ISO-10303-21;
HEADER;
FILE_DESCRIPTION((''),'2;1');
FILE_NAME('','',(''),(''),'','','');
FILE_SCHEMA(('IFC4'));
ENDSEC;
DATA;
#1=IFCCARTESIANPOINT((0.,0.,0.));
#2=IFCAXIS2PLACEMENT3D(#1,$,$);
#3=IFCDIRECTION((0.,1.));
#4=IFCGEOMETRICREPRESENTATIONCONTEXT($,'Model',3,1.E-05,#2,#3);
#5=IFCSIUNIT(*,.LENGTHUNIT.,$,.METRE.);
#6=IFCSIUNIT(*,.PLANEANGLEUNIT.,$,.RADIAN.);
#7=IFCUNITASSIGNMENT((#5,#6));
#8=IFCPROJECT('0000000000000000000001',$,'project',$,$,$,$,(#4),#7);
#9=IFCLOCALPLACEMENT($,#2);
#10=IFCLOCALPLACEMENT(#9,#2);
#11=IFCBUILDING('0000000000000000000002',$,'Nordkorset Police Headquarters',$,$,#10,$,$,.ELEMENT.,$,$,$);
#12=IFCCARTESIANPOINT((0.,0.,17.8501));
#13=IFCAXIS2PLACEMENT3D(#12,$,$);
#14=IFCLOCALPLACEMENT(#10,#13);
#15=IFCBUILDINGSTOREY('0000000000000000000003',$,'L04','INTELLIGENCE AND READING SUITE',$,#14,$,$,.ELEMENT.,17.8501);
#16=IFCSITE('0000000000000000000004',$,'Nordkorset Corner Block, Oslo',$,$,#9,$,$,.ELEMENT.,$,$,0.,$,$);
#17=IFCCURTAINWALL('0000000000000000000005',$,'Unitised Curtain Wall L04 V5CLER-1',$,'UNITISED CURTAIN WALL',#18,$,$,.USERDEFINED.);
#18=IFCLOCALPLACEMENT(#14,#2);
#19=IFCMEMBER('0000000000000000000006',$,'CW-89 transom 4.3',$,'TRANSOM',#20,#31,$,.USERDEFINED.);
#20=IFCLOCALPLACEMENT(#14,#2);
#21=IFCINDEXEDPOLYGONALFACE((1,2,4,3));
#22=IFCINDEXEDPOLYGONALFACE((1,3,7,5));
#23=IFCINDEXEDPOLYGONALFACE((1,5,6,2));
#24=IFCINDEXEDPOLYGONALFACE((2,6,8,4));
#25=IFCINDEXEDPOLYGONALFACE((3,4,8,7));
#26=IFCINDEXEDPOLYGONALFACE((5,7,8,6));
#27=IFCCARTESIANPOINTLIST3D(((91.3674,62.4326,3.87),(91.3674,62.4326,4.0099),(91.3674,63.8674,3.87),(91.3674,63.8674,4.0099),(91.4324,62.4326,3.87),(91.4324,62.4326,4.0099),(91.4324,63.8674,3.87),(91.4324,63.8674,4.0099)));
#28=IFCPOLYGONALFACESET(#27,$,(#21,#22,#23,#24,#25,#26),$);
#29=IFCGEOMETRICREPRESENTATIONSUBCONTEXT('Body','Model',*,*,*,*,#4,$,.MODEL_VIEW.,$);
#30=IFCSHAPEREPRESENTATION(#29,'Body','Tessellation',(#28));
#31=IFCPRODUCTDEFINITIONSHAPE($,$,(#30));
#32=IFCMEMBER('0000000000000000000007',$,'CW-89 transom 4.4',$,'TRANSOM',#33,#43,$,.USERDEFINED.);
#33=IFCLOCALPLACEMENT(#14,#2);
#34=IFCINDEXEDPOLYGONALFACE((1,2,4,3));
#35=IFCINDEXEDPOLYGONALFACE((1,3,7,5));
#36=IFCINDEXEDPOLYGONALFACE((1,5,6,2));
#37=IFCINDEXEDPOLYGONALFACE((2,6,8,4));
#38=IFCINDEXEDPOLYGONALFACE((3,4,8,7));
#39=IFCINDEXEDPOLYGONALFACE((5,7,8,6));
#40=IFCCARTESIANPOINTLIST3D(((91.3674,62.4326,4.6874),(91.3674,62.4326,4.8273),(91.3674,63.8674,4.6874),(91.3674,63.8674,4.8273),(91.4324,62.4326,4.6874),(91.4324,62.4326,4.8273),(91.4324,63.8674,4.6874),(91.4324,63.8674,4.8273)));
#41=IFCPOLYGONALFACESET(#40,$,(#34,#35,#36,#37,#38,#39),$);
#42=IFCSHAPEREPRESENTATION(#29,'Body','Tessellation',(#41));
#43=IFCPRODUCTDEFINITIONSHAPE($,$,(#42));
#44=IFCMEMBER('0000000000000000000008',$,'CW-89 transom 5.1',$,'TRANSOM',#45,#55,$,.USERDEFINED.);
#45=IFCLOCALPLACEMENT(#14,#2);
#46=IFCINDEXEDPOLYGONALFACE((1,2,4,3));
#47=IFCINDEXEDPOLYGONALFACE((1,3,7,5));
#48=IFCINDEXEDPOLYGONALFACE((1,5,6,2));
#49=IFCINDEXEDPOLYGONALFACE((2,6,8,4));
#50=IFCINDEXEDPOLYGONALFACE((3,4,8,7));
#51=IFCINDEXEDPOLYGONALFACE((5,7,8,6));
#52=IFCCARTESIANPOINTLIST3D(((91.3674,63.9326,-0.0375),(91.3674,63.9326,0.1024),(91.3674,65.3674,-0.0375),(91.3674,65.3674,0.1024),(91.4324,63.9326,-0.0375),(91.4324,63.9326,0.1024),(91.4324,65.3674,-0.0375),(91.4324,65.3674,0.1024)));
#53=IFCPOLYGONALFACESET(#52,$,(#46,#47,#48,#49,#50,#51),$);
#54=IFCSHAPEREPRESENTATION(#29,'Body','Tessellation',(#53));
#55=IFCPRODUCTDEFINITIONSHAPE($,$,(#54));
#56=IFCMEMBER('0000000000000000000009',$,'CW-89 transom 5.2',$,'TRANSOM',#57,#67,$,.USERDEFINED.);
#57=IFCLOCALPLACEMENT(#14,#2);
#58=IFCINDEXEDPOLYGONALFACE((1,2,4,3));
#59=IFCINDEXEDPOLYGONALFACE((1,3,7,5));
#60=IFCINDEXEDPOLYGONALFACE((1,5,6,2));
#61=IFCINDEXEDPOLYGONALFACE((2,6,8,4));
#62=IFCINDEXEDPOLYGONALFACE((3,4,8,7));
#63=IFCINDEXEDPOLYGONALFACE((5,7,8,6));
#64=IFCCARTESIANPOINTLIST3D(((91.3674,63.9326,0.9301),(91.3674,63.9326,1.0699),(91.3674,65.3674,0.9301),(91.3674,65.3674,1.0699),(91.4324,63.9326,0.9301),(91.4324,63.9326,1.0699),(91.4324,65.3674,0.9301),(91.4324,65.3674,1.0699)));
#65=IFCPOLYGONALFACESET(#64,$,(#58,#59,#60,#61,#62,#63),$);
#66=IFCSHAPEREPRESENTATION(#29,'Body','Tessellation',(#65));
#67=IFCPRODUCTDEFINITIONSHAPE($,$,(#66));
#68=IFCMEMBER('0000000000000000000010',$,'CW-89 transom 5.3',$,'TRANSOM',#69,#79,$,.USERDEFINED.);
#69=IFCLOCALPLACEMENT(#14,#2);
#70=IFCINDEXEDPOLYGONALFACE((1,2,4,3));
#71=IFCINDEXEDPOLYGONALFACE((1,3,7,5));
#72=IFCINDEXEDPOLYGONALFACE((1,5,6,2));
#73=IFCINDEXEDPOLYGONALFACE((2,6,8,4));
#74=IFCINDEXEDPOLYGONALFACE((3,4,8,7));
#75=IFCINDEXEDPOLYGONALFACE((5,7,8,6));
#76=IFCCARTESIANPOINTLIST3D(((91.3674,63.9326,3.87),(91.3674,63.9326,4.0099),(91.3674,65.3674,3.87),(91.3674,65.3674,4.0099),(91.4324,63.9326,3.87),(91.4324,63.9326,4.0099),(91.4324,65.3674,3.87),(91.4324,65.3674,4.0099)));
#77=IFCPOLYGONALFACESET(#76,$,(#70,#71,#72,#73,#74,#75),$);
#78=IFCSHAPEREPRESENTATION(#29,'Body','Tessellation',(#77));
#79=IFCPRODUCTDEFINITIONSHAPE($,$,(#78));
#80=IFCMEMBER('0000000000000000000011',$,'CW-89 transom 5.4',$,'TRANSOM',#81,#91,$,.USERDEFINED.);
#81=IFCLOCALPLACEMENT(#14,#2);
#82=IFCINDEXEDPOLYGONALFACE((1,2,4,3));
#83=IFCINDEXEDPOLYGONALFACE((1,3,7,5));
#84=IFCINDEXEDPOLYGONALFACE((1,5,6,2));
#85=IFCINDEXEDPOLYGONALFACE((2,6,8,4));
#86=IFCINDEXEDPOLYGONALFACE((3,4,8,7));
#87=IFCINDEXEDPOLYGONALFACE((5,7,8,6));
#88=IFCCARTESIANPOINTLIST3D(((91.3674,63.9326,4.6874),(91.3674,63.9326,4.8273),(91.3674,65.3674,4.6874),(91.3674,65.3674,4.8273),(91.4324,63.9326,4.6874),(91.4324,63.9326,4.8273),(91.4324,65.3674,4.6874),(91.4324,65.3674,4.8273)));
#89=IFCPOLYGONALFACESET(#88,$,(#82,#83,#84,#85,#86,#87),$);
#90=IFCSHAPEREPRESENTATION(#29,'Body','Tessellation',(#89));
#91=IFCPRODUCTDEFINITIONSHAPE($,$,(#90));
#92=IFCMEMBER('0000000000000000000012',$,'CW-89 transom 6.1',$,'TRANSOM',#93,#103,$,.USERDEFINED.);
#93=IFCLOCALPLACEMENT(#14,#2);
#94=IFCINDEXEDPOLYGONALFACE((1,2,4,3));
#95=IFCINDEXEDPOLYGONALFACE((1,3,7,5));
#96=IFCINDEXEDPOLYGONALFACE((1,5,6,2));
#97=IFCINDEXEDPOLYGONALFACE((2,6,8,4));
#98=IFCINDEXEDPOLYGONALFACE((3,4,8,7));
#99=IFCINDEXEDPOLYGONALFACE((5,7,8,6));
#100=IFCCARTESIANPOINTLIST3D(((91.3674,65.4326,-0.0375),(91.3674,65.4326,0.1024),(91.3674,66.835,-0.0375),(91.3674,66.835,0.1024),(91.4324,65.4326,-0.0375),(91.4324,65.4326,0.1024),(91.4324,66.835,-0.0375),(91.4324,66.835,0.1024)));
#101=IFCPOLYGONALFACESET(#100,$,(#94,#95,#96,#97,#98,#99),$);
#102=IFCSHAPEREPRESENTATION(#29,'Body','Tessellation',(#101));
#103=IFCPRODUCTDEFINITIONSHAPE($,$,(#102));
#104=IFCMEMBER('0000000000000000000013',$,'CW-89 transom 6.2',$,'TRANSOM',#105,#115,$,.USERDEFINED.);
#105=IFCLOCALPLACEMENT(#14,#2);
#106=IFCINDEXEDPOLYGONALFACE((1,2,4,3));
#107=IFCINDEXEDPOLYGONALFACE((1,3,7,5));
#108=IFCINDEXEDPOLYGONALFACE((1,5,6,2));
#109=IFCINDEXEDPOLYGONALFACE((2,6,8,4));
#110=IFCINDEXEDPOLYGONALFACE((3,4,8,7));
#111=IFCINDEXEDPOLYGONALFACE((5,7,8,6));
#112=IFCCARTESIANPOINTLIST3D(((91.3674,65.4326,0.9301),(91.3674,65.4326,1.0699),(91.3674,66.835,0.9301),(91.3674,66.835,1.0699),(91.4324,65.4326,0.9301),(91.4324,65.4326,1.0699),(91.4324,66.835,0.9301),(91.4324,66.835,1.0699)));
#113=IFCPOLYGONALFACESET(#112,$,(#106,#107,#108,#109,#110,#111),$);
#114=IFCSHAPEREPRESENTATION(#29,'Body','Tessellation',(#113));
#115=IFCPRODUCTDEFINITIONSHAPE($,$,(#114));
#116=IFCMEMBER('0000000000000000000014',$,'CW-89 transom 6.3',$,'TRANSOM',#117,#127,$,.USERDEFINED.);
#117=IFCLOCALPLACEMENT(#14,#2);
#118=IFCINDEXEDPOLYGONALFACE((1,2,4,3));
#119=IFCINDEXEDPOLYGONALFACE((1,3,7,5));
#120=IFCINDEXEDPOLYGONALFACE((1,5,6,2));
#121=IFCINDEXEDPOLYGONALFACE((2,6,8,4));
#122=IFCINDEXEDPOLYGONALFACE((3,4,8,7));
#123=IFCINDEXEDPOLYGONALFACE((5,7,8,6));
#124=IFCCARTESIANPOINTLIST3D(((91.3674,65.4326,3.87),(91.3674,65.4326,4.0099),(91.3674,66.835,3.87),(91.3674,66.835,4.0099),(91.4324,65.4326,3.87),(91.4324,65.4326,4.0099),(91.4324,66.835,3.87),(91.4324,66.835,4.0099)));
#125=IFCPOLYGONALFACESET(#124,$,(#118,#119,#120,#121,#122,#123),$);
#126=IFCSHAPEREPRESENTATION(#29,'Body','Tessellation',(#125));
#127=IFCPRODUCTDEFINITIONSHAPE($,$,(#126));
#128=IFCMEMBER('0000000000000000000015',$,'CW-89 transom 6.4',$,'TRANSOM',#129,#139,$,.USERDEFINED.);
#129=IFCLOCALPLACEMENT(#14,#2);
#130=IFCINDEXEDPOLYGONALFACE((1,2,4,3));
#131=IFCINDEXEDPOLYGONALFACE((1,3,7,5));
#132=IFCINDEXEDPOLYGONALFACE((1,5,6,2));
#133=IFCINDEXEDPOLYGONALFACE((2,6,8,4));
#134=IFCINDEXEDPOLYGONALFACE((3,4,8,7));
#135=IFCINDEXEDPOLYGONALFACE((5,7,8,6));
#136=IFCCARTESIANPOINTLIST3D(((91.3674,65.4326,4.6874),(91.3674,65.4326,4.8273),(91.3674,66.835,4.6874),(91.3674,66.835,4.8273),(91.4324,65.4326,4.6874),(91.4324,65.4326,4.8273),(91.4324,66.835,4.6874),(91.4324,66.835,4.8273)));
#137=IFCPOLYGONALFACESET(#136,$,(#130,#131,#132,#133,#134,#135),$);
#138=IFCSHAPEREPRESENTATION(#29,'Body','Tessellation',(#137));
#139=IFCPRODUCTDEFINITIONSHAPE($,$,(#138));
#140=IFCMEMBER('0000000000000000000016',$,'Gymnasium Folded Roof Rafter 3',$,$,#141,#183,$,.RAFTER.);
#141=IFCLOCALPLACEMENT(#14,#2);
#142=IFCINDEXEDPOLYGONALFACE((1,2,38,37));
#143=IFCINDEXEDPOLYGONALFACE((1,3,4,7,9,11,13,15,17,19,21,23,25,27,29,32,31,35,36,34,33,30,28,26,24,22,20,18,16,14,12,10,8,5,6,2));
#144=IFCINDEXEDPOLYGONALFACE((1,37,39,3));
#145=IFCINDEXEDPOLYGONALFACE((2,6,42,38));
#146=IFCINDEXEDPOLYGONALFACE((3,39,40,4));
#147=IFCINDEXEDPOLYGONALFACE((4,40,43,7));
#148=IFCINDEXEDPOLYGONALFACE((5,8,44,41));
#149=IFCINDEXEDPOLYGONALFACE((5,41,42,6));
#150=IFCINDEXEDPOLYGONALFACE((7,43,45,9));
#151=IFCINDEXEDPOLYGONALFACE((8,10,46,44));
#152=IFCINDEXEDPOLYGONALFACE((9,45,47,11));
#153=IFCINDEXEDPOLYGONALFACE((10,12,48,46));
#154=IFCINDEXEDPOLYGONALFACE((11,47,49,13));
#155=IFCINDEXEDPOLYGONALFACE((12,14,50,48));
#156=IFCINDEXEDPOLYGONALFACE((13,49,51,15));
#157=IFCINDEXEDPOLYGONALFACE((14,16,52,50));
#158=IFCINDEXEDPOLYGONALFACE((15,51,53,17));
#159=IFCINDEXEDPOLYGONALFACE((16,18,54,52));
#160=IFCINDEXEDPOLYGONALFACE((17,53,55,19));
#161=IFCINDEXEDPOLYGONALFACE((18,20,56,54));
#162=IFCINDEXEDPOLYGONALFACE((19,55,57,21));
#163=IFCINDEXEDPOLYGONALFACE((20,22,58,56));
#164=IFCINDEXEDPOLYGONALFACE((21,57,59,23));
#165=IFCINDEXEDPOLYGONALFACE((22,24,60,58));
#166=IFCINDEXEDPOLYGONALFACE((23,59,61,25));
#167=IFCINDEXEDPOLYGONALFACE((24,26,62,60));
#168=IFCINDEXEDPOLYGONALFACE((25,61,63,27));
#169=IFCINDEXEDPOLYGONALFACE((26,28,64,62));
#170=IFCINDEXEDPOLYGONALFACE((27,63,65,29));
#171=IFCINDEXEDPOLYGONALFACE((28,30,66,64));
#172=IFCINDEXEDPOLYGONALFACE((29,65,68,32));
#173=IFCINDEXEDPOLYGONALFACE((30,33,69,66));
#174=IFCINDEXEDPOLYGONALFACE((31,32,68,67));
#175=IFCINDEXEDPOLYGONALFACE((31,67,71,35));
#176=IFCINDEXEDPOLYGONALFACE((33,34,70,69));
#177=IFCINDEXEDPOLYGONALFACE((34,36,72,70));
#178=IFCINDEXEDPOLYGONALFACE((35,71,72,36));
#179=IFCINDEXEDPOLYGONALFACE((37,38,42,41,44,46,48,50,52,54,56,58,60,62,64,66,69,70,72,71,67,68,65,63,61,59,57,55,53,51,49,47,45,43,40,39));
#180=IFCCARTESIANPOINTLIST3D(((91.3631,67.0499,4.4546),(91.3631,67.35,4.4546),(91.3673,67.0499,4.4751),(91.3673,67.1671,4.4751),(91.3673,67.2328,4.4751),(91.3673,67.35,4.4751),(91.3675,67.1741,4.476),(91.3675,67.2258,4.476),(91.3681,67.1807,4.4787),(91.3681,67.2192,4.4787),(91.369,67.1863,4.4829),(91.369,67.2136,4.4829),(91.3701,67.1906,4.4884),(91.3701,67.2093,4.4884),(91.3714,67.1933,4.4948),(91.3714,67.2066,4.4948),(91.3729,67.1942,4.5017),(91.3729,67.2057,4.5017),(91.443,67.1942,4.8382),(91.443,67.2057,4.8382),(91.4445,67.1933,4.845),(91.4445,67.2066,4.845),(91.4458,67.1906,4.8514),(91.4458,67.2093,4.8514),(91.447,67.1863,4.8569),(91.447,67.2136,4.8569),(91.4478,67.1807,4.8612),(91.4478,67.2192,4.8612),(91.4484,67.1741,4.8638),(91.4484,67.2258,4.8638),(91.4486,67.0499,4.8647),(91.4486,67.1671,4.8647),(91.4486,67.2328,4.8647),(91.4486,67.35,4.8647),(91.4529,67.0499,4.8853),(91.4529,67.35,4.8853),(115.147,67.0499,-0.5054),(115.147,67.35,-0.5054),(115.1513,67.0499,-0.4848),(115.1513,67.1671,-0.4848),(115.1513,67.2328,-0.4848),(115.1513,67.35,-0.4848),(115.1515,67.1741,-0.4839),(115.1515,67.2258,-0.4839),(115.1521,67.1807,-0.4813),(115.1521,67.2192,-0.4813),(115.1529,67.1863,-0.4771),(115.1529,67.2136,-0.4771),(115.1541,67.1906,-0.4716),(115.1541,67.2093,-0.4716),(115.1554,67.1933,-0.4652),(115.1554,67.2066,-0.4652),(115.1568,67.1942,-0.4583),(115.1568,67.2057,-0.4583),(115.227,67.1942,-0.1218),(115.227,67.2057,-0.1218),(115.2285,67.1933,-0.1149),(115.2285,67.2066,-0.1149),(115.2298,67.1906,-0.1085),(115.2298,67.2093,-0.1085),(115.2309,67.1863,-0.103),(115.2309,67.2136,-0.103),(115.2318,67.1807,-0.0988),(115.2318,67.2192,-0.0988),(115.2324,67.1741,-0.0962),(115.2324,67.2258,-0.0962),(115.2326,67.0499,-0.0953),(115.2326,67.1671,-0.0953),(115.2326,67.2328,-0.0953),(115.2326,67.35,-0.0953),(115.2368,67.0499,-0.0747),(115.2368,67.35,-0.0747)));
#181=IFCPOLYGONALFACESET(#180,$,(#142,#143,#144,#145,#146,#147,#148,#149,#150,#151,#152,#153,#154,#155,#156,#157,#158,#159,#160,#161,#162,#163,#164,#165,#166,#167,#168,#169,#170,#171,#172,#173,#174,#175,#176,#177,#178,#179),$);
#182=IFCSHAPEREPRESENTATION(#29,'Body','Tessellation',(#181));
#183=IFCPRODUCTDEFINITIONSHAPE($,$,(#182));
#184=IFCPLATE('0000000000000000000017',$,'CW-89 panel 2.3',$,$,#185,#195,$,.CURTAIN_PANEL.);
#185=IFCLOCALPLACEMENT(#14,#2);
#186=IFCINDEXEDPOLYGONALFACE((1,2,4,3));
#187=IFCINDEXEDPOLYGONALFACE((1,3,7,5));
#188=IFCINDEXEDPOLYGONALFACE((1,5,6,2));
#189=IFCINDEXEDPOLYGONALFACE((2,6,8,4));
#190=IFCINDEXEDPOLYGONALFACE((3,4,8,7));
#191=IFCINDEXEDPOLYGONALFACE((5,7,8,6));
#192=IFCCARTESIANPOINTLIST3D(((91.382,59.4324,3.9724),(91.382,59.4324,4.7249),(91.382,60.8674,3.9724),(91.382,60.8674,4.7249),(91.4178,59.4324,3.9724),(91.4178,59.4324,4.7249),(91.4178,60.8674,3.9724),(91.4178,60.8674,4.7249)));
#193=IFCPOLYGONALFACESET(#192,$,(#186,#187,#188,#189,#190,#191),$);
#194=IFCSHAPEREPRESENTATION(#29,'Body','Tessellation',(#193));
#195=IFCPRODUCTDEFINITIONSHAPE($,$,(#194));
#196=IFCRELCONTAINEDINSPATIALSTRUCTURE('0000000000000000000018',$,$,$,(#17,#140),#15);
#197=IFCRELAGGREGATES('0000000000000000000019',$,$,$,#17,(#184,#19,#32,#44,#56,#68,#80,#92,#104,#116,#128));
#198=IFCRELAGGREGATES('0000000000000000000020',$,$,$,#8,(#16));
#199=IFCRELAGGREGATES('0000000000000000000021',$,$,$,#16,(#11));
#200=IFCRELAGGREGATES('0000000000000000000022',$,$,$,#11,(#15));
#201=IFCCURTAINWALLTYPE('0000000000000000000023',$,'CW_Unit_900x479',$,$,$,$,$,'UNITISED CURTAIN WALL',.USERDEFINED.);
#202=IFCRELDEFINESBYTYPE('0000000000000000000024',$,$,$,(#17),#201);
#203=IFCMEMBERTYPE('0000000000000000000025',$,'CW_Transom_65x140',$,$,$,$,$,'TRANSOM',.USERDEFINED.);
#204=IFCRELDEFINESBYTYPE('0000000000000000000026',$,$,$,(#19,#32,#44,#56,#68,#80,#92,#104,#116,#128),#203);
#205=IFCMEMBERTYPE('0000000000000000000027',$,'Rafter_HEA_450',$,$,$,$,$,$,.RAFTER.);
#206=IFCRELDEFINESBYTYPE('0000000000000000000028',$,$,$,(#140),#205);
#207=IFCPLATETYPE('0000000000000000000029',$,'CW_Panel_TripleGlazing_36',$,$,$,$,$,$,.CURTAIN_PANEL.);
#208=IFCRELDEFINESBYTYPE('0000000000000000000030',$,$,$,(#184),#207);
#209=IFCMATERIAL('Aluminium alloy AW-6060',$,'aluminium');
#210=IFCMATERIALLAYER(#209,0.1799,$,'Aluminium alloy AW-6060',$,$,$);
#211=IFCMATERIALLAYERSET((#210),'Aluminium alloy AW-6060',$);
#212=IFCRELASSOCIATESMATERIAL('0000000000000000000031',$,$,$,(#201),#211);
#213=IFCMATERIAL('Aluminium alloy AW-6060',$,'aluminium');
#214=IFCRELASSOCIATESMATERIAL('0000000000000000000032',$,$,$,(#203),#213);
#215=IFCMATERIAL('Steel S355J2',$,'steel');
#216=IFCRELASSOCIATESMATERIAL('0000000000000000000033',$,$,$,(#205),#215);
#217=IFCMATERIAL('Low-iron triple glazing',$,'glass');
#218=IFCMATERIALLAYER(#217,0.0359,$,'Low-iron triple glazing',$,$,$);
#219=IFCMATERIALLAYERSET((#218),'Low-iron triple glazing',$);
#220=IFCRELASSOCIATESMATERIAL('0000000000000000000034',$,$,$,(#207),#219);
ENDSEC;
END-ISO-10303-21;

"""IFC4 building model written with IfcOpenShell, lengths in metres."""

from ifc_helpers import new_model, si_unit, direction, frame, origin, origin_2d, place, context, subcontext, project, spatial, rectangle, i_section, extrude, material, layer, layer_set, material_profile, profile_set, type_object, element, aggregate, save


model = new_model("IFC4")

# Units and contexts
model_context = context("Model", 3, precision=1e-05, world=origin(), true_north=direction((0.0, 1.0)))
body_context = subcontext(model_context, "Body", "Model", "MODEL_VIEW")
ifc_project = project(units=[si_unit("LENGTHUNIT", "METRE"), si_unit("PLANEANGLEUNIT", "RADIAN")], contexts=[model_context])

# Site, building, storey
site_placement = place(None, origin())
site = spatial("IfcSite", under=ifc_project, at=site_placement, Name="Nordkorset Corner Block, Oslo", CompositionType="ELEMENT", RefElevation=0.0)
building_placement = place(site_placement, origin())
building = spatial("IfcBuilding", under=site, at=building_placement, Name="Nordkorset Police Headquarters", CompositionType="ELEMENT")
storey_placement = place(building_placement, frame((0.0, 0.0, 17.8501)))
storey = spatial("IfcBuildingStorey", under=building, at=storey_placement, Name="L04", Description="INTELLIGENCE AND READING SUITE", CompositionType="ELEMENT", Elevation=17.8501)

# Curtain wall, members
ifc_material_1 = material(Name="Aluminium alloy AW-6060", Category="aluminium")
ifc_layer_1 = layer(ifc_material_1, 0.1799, Name="Aluminium alloy AW-6060")
ifc_layer_set_1 = layer_set([ifc_layer_1], Name="Aluminium alloy AW-6060")
curtain_wall_type = type_object("IfcCurtainWallType", Name="CW_Unit_900x479", ElementType="UNITISED CURTAIN WALL", PredefinedType="USERDEFINED", material=ifc_layer_set_1)
curtain_wall_placement = place(storey_placement, origin())
curtain_wall = element("IfcCurtainWall", 1, at=curtain_wall_placement, inside=storey, type_object=curtain_wall_type, Name="Unitised Curtain Wall L04 V5CLER-1", ObjectType="UNITISED CURTAIN WALL", PredefinedType="USERDEFINED")
ifc_material_2 = material(Name="Aluminium alloy AW-6060", Category="aluminium")
ifc_material_profile_1 = material_profile(ifc_material_2, rectangle(XDim=0.0649, YDim=0.1399, at=origin_2d()), Name="ALU TRAN 65x140")
ifc_profile_set_1 = profile_set([ifc_material_profile_1], Name="Aluminium alloy AW-6060")
member_type_1 = type_object("IfcMemberType", Name="CW_Transom_65x140", ElementType="TRANSOM", PredefinedType="USERDEFINED", material=ifc_profile_set_1)
member_1_placement = place(storey_placement, frame((91.3999, 62.4326, 3.9399), z_axis=(0.0, 1.0, 0.0), x_axis=(-1.0, 0.0, 0.0)))
member_1 = element("IfcMember", 2, at=member_1_placement, type_object=member_type_1, Name="CW-89 transom 4.3", ObjectType="TRANSOM", PredefinedType="USERDEFINED", context=body_context, shape_type="SweptSolid", body=[
    extrude(rectangle(XDim=0.0649, YDim=0.1399, at=origin_2d()), origin(), (0.0, 0.0, 1.0), 1.4348),
])
member_2_placement = place(storey_placement, frame((91.3999, 62.4326, 4.7573), z_axis=(0.0, 1.0, 0.0), x_axis=(-1.0, 0.0, 0.0)))
member_2 = element("IfcMember", 3, at=member_2_placement, type_object=member_type_1, Name="CW-89 transom 4.4", ObjectType="TRANSOM", PredefinedType="USERDEFINED", context=body_context, shape_type="SweptSolid", body=[
    extrude(rectangle(XDim=0.0649, YDim=0.1399, at=origin_2d()), origin(), (0.0, 0.0, 1.0), 1.4348),
])
member_3_placement = place(storey_placement, frame((91.3999, 63.9326, 0.0325), z_axis=(0.0, 1.0, 0.0), x_axis=(-1.0, 0.0, 0.0)))
member_3 = element("IfcMember", 4, at=member_3_placement, type_object=member_type_1, Name="CW-89 transom 5.1", ObjectType="TRANSOM", PredefinedType="USERDEFINED", context=body_context, shape_type="SweptSolid", body=[
    extrude(rectangle(XDim=0.0649, YDim=0.1399, at=origin_2d()), origin(), (0.0, 0.0, 1.0), 1.4348),
])
member_4_placement = place(storey_placement, frame((91.3999, 63.9326, 1.0), z_axis=(0.0, 1.0, 0.0), x_axis=(-1.0, 0.0, 0.0)))
member_4 = element("IfcMember", 5, at=member_4_placement, type_object=member_type_1, Name="CW-89 transom 5.2", ObjectType="TRANSOM", PredefinedType="USERDEFINED", context=body_context, shape_type="SweptSolid", body=[
    extrude(rectangle(XDim=0.0649, YDim=0.1399, at=origin_2d()), origin(), (0.0, 0.0, 1.0), 1.4348),
])
member_5_placement = place(storey_placement, frame((91.3999, 63.9326, 3.9399), z_axis=(0.0, 1.0, 0.0), x_axis=(-1.0, 0.0, 0.0)))
member_5 = element("IfcMember", 6, at=member_5_placement, type_object=member_type_1, Name="CW-89 transom 5.3", ObjectType="TRANSOM", PredefinedType="USERDEFINED", context=body_context, shape_type="SweptSolid", body=[
    extrude(rectangle(XDim=0.0649, YDim=0.1399, at=origin_2d()), origin(), (0.0, 0.0, 1.0), 1.4348),
])
member_6_placement = place(storey_placement, frame((91.3999, 63.9326, 4.7573), z_axis=(0.0, 1.0, 0.0), x_axis=(-1.0, 0.0, 0.0)))
member_6 = element("IfcMember", 7, at=member_6_placement, type_object=member_type_1, Name="CW-89 transom 5.4", ObjectType="TRANSOM", PredefinedType="USERDEFINED", context=body_context, shape_type="SweptSolid", body=[
    extrude(rectangle(XDim=0.0649, YDim=0.1399, at=origin_2d()), origin(), (0.0, 0.0, 1.0), 1.4348),
])
member_7_placement = place(storey_placement, frame((91.3999, 65.4326, 0.0325), z_axis=(0.0, 1.0, 0.0), x_axis=(-1.0, 0.0, 0.0)))
member_7 = element("IfcMember", 8, at=member_7_placement, type_object=member_type_1, Name="CW-89 transom 6.1", ObjectType="TRANSOM", PredefinedType="USERDEFINED", context=body_context, shape_type="SweptSolid", body=[
    extrude(rectangle(XDim=0.0649, YDim=0.1399, at=origin_2d()), origin(), (0.0, 0.0, 1.0), 1.4023),
])
member_8_placement = place(storey_placement, frame((91.3999, 65.4326, 1.0), z_axis=(0.0, 1.0, 0.0), x_axis=(-1.0, 0.0, 0.0)))
member_8 = element("IfcMember", 9, at=member_8_placement, type_object=member_type_1, Name="CW-89 transom 6.2", ObjectType="TRANSOM", PredefinedType="USERDEFINED", context=body_context, shape_type="SweptSolid", body=[
    extrude(rectangle(XDim=0.0649, YDim=0.1399, at=origin_2d()), origin(), (0.0, 0.0, 1.0), 1.4023),
])
member_9_placement = place(storey_placement, frame((91.3999, 65.4326, 3.9399), z_axis=(0.0, 1.0, 0.0), x_axis=(-1.0, 0.0, 0.0)))
member_9 = element("IfcMember", 10, at=member_9_placement, type_object=member_type_1, Name="CW-89 transom 6.3", ObjectType="TRANSOM", PredefinedType="USERDEFINED", context=body_context, shape_type="SweptSolid", body=[
    extrude(rectangle(XDim=0.0649, YDim=0.1399, at=origin_2d()), origin(), (0.0, 0.0, 1.0), 1.4023),
])
member_10_placement = place(storey_placement, frame((91.3999, 65.4326, 4.7573), z_axis=(0.0, 1.0, 0.0), x_axis=(-1.0, 0.0, 0.0)))
member_10 = element("IfcMember", 11, at=member_10_placement, type_object=member_type_1, Name="CW-89 transom 6.4", ObjectType="TRANSOM", PredefinedType="USERDEFINED", context=body_context, shape_type="SweptSolid", body=[
    extrude(rectangle(XDim=0.0649, YDim=0.1399, at=origin_2d()), origin(), (0.0, 0.0, 1.0), 1.4023),
])

# Member
ifc_material_3 = material(Name="Steel S355J2", Category="steel")
ifc_material_profile_2 = material_profile(ifc_material_3, i_section(OverallWidth=0.3, OverallDepth=0.4399, WebThickness=0.0115, FlangeThickness=0.021, FilletRadius=0.0271, at=origin_2d()), Name="HEA 450")
ifc_profile_set_2 = profile_set([ifc_material_profile_2], Name="Steel S355J2")
member_type_2 = type_object("IfcMemberType", Name="Rafter_HEA_450", PredefinedType="RAFTER", material=ifc_profile_set_2)
member_11_placement = place(storey_placement, frame((91.408, 67.2, 4.6699), z_axis=(0.97894, 0.0, -0.20415), x_axis=(0.0, 1.0, 0.0)))
element("IfcMember", 12, at=member_11_placement, inside=storey, type_object=member_type_2, Name="Gymnasium Folded Roof Rafter 3", PredefinedType="RAFTER", context=body_context, shape_type="SweptSolid", body=[
    extrude(i_section(OverallWidth=0.3, OverallDepth=0.4399, WebThickness=0.0115, FlangeThickness=0.021, FilletRadius=0.0271, at=origin_2d()), origin(), (0.0, 0.0, 1.0), 24.2957),
])

# Plate
ifc_material_4 = material(Name="Low-iron triple glazing", Category="glass")
ifc_layer_2 = layer(ifc_material_4, 0.0359, Name="Low-iron triple glazing")
ifc_layer_set_2 = layer_set([ifc_layer_2], Name="Low-iron triple glazing")
plate_type = type_object("IfcPlateType", Name="CW_Panel_TripleGlazing_36", PredefinedType="CURTAIN_PANEL", material=ifc_layer_set_2)
plate_1_placement = place(storey_placement, frame((91.3999, 60.1499, 3.9724), z_axis=(0.0, 0.0, 1.0), x_axis=(0.0, 1.0, 0.0)))
plate_1 = element("IfcPlate", 13, at=plate_1_placement, type_object=plate_type, Name="CW-89 panel 2.3", PredefinedType="CURTAIN_PANEL", context=body_context, shape_type="SweptSolid", body=[
    extrude(rectangle(XDim=1.4351, YDim=0.0359, at=origin_2d()), origin(), (0.0, 0.0, 1.0), 0.7524),
])
aggregate(curtain_wall, [plate_1, member_1, member_2, member_3, member_4, member_5, member_6, member_7, member_8, member_9, member_10])

save(model, "model.ifc")
